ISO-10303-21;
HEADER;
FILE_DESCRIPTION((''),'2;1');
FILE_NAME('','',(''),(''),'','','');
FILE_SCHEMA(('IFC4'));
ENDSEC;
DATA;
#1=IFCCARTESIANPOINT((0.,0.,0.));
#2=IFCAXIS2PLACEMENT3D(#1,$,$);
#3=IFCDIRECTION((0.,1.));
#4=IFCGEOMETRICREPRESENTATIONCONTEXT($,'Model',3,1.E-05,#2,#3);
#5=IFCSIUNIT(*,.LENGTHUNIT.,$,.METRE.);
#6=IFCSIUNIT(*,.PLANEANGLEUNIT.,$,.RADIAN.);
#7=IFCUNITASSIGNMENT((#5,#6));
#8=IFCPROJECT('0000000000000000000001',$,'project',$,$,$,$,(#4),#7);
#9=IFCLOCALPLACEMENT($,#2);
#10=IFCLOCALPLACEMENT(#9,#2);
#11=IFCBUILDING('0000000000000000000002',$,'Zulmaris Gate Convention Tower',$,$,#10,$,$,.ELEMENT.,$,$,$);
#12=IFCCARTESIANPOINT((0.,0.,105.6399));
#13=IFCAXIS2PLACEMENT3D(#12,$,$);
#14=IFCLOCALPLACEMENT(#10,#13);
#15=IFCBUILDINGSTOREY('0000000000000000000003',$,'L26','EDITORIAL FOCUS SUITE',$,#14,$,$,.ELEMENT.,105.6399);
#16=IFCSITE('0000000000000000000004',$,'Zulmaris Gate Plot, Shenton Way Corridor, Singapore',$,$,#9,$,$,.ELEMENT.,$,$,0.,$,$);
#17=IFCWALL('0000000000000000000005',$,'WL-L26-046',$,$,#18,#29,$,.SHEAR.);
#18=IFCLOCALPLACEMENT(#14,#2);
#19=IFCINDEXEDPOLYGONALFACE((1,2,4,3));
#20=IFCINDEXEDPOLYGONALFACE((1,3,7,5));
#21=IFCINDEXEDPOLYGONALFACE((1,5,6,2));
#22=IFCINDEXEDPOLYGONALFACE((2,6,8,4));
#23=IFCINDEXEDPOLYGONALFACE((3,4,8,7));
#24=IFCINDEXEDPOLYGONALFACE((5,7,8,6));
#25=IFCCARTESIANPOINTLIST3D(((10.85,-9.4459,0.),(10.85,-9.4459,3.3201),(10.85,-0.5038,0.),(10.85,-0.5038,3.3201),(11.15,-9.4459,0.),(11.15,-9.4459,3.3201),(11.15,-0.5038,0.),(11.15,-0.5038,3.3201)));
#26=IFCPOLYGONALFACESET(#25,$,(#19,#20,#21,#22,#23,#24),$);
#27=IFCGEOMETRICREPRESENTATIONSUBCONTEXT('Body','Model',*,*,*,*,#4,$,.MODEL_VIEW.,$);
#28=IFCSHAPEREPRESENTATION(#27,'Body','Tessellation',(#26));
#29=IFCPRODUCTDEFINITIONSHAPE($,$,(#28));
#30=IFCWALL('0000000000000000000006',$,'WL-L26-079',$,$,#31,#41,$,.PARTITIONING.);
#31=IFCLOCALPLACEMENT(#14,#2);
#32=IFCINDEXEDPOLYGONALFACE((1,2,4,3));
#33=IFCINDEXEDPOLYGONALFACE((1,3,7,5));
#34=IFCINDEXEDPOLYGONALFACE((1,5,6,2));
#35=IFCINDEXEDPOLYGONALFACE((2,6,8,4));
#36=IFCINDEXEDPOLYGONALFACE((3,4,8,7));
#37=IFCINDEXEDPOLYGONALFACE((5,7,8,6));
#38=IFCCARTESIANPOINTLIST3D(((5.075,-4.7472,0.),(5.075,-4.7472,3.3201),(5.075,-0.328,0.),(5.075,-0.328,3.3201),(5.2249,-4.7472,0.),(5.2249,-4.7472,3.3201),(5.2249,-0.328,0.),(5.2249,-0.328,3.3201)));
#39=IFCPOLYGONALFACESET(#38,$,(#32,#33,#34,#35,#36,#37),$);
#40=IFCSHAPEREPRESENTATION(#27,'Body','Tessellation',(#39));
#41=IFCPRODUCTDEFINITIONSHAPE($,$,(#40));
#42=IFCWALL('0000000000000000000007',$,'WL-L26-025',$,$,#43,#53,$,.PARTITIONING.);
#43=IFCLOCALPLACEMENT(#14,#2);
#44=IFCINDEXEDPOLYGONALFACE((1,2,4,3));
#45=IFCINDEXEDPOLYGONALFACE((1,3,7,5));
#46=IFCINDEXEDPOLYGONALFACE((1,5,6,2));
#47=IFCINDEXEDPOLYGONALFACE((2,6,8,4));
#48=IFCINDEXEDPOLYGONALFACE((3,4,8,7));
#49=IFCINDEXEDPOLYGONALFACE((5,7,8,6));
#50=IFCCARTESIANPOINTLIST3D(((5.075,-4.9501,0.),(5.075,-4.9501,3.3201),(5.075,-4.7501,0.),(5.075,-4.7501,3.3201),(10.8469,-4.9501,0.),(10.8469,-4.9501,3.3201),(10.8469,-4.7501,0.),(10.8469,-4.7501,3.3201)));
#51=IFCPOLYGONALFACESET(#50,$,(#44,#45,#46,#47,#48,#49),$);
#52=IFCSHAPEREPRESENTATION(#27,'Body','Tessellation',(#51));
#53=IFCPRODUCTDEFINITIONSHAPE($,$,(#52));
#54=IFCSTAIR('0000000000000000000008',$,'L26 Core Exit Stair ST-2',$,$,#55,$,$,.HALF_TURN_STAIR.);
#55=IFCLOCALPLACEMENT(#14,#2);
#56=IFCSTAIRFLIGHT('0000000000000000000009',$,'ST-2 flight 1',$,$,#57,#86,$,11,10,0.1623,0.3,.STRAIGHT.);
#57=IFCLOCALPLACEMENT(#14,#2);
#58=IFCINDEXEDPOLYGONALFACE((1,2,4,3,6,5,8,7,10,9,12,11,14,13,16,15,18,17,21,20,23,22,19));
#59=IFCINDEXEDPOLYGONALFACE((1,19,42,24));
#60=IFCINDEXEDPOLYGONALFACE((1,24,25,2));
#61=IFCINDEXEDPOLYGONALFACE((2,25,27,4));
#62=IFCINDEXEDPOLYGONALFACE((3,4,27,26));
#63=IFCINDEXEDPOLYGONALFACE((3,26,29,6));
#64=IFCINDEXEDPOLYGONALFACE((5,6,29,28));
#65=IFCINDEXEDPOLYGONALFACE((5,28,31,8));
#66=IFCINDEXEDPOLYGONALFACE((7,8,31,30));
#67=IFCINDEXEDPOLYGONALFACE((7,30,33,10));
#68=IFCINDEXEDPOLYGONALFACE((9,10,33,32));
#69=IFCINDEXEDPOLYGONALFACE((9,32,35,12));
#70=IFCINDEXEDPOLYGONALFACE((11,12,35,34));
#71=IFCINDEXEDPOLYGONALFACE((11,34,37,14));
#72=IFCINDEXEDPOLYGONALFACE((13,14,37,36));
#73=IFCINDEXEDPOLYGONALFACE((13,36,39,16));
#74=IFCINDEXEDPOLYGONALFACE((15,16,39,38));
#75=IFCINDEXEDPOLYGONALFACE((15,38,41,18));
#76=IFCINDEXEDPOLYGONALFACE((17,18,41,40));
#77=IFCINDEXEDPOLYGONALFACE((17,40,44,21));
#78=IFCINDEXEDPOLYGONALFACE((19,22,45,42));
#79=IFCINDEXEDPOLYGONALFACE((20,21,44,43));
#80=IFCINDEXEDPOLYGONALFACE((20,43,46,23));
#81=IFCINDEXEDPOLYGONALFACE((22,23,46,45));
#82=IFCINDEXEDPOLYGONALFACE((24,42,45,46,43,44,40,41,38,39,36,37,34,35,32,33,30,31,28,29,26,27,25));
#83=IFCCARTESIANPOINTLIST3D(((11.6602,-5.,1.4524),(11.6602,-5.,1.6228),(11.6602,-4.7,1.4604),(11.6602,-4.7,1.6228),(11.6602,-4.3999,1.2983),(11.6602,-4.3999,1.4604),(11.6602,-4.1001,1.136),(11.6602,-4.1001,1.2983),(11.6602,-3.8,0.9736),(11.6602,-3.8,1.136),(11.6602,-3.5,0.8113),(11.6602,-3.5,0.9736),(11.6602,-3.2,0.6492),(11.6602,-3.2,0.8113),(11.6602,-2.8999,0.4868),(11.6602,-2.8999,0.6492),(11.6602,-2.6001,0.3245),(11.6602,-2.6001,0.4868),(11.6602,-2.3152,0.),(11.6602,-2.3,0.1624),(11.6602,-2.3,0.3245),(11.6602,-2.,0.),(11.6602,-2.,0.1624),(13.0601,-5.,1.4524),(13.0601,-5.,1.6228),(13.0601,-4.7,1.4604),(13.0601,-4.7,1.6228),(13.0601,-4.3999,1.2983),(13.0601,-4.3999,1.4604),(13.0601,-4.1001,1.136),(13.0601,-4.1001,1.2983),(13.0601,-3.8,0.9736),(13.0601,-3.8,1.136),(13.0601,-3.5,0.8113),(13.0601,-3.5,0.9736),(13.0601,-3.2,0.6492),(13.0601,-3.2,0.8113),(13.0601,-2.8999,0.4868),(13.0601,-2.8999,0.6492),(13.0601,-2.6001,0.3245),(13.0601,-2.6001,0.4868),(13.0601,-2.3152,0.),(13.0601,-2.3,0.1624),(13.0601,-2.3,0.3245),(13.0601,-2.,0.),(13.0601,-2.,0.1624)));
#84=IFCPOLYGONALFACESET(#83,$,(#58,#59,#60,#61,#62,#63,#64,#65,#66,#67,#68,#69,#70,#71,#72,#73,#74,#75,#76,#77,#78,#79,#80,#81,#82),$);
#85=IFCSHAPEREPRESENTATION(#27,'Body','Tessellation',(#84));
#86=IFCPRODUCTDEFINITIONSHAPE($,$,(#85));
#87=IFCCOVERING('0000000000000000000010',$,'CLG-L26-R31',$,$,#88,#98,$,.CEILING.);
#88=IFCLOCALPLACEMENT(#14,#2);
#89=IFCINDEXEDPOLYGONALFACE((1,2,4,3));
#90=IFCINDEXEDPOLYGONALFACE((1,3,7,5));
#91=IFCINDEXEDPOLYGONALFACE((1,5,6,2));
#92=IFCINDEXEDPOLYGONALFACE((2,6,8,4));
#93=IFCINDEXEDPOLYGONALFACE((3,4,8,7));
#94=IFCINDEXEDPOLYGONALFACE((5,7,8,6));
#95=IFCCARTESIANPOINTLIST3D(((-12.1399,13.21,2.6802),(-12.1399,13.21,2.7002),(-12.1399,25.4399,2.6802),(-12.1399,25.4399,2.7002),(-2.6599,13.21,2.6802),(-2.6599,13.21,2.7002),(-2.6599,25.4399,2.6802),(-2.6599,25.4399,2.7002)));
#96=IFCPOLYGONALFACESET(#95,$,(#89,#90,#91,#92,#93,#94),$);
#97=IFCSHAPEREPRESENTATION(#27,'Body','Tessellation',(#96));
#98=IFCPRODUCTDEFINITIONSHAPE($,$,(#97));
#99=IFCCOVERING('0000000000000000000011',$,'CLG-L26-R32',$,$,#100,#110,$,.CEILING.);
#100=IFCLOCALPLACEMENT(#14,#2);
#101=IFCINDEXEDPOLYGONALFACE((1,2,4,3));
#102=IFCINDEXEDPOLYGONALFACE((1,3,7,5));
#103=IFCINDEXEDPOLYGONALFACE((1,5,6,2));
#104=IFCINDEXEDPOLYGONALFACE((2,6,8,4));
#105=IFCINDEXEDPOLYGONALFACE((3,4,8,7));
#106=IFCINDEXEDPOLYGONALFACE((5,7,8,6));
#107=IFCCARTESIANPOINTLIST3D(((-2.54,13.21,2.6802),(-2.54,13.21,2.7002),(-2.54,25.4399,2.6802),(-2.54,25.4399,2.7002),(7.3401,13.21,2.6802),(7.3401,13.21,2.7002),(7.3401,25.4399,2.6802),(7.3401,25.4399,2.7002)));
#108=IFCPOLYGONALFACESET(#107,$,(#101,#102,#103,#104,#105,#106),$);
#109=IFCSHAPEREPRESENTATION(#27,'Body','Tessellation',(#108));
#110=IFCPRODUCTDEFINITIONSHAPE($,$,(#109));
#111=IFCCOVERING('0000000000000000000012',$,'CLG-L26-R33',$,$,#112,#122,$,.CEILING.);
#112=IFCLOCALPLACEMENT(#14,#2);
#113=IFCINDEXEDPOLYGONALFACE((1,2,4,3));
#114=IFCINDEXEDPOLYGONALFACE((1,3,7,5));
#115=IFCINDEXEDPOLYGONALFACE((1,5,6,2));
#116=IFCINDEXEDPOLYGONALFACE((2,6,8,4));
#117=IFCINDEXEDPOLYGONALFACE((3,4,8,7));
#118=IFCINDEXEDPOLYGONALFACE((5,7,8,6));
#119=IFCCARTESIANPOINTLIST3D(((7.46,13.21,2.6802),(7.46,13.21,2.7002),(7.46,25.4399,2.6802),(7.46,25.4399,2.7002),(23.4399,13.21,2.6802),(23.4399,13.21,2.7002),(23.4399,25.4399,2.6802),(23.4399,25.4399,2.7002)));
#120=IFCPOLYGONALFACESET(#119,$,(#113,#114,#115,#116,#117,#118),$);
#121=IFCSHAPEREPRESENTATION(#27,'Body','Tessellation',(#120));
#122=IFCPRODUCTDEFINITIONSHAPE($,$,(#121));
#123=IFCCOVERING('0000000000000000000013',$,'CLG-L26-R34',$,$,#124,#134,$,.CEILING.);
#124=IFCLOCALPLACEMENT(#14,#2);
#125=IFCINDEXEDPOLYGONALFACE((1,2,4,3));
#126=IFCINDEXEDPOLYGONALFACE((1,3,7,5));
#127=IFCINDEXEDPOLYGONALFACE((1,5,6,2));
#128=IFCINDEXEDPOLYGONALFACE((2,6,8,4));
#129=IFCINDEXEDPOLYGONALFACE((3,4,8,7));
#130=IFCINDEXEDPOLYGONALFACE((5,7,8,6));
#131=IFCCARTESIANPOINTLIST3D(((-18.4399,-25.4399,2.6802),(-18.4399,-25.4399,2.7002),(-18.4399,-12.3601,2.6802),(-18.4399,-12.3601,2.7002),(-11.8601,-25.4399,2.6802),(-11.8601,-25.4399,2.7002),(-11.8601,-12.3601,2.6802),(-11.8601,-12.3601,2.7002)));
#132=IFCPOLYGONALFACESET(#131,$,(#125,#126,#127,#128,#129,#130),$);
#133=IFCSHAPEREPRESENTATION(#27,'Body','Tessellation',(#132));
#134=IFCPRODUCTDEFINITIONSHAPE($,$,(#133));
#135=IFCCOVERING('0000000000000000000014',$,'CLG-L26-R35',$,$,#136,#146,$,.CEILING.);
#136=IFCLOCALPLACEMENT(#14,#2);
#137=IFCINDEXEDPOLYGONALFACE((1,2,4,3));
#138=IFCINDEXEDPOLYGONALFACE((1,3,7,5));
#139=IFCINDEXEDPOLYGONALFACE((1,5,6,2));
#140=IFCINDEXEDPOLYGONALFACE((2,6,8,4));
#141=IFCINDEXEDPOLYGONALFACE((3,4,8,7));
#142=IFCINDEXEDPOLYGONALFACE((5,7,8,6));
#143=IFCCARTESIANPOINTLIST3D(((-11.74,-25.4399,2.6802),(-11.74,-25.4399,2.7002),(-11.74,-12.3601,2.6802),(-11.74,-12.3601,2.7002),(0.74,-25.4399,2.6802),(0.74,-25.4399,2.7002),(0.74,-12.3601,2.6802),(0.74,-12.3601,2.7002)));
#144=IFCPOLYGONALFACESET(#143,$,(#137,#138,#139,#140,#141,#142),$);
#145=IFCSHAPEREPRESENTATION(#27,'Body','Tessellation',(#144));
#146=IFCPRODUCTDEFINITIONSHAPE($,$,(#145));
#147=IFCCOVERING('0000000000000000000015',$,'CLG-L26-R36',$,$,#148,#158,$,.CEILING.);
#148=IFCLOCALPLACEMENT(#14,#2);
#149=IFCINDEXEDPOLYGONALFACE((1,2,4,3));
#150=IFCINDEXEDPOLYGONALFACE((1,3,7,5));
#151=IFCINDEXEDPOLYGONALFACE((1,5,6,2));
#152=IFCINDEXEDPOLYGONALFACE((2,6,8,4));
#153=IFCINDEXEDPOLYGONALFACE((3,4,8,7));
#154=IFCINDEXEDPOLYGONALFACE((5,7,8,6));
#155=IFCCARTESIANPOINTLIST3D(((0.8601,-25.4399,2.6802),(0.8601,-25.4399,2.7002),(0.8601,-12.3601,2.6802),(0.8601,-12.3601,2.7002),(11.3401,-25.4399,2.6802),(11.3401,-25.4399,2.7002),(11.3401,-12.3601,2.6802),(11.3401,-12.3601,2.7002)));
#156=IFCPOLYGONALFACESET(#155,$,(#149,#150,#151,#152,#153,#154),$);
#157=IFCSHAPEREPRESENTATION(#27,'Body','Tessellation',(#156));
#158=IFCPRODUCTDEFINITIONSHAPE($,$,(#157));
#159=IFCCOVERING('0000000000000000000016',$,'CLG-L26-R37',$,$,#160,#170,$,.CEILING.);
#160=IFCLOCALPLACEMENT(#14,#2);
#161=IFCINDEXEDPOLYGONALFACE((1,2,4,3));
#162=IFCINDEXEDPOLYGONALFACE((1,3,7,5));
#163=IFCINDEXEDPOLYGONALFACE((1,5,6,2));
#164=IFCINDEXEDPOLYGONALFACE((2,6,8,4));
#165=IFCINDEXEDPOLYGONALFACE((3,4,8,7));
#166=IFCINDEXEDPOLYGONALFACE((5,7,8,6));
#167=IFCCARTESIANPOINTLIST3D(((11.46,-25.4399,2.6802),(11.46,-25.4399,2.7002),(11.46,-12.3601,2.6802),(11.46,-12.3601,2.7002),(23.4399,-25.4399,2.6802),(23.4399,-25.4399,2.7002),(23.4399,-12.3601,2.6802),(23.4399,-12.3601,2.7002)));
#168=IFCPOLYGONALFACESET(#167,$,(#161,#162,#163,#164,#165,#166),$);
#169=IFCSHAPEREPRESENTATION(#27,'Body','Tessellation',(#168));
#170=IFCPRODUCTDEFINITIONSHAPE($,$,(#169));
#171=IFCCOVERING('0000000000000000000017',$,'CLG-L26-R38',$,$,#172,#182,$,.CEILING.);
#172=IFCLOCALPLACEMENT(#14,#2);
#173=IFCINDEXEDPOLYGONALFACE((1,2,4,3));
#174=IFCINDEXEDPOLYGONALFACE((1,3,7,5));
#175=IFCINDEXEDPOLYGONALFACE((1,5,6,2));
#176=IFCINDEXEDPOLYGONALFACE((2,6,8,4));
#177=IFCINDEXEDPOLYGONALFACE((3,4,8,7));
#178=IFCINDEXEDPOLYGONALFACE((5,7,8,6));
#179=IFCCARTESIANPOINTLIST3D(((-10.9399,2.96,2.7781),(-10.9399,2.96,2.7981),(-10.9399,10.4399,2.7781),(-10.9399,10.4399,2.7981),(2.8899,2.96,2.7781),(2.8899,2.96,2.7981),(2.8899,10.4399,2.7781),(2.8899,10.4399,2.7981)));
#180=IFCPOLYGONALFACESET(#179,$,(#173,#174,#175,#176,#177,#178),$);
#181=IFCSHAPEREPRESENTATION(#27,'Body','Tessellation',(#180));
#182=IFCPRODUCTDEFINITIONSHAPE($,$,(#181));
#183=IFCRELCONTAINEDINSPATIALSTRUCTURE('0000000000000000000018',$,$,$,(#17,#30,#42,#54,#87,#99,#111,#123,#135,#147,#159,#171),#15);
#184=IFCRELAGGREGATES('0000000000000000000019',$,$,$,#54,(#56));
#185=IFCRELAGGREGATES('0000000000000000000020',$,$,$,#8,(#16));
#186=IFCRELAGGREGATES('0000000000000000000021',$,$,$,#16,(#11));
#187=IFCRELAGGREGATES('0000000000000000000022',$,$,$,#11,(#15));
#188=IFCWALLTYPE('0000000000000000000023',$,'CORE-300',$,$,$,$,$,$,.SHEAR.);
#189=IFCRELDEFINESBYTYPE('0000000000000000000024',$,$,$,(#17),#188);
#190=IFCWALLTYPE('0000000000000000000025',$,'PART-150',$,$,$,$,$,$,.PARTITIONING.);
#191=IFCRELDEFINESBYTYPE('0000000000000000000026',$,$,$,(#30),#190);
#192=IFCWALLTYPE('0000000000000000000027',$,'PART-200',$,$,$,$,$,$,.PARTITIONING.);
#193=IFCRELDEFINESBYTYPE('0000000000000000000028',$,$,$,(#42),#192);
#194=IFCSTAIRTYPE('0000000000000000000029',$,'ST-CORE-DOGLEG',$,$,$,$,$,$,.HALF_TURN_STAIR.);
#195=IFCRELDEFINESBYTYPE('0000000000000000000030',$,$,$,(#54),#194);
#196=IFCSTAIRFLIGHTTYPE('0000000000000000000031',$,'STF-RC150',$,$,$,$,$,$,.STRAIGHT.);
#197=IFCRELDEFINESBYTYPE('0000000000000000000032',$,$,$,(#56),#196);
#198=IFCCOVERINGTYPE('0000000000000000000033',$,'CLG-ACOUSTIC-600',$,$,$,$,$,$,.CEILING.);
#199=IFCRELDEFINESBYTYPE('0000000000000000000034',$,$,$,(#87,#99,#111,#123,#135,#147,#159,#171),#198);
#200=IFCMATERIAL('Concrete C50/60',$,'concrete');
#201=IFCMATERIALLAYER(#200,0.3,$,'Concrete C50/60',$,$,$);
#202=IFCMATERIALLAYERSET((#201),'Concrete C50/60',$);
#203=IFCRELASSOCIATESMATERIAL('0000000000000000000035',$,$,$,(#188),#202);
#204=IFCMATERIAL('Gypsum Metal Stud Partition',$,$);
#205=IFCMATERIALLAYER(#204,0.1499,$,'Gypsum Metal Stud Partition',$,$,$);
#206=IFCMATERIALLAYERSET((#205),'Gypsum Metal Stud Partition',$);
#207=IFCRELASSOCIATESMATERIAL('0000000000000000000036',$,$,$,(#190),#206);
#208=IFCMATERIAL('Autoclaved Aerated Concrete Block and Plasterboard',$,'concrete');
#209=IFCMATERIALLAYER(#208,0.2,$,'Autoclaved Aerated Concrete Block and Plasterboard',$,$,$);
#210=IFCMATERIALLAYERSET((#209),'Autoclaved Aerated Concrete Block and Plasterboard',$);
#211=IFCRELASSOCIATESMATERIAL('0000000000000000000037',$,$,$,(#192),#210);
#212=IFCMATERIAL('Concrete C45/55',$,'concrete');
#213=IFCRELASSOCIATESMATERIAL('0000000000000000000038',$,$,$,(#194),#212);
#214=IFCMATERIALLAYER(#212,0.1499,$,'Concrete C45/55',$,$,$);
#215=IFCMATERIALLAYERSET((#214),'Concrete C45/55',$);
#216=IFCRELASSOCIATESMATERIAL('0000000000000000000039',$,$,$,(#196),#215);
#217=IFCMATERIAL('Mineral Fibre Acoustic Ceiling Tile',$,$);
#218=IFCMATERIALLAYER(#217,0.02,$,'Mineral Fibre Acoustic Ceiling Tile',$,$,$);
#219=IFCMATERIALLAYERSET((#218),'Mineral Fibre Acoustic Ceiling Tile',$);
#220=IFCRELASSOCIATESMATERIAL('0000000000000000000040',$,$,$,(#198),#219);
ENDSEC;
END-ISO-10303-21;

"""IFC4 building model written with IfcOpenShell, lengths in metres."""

from ifc_helpers import new_model, si_unit, direction, frame, frame_2d, origin, place, context, subcontext, project, spatial, polyline, rectangle, outline, extrude, material, layer, layer_set, type_object, element, aggregate, save


model = new_model("IFC4")

# Units and contexts
model_context = context("Model", 3, precision=1e-05, world=origin(), true_north=direction((0.0, 1.0)))
body_context = subcontext(model_context, "Body", "Model", "MODEL_VIEW")
ifc_project = project(units=[si_unit("LENGTHUNIT", "METRE"), si_unit("PLANEANGLEUNIT", "RADIAN")], contexts=[model_context])

# Site, building, storey
site_placement = place(None, origin())
site = spatial("IfcSite", under=ifc_project, at=site_placement, Name="Zulmaris Gate Plot, Shenton Way Corridor, Singapore", CompositionType="ELEMENT", RefElevation=0.0)
building_placement = place(site_placement, origin())
building = spatial("IfcBuilding", under=site, at=building_placement, Name="Zulmaris Gate Convention Tower", CompositionType="ELEMENT")
storey_placement = place(building_placement, frame((0.0, 0.0, 105.6399)))
storey = spatial("IfcBuildingStorey", under=building, at=storey_placement, Name="L26", Description="EDITORIAL FOCUS SUITE", CompositionType="ELEMENT", Elevation=105.6399)

# Shared definitions
ifc_material_1 = material(Name="Concrete C50/60", Category="concrete")
ifc_layer_1 = layer(ifc_material_1, 0.3, Name="Concrete C50/60")
ifc_layer_set_1 = layer_set([ifc_layer_1], Name="Concrete C50/60")
wall_type_1 = type_object("IfcWallType", Name="CORE-300", PredefinedType="SHEAR", material=ifc_layer_set_1)

# Walls
wall_1_placement = place(storey_placement, frame((11.0, -9.446, 0.0), z_axis=(0.0, 0.0, 1.0), x_axis=(0.0, 1.0, 0.0)))
element("IfcWall", 1, at=wall_1_placement, inside=storey, type_object=wall_type_1, Name="WL-L26-046", PredefinedType="SHEAR", context=body_context, shape_type="SweptSolid", body=[
    extrude(rectangle(XDim=8.9421, YDim=0.3, at=frame_2d((4.4712, 0.0))), origin(), (0.0, 0.0, 1.0), 3.3201),
])
ifc_material_2 = material(Name="Gypsum Metal Stud Partition")
ifc_layer_2 = layer(ifc_material_2, 0.1499, Name="Gypsum Metal Stud Partition")
ifc_layer_set_2 = layer_set([ifc_layer_2], Name="Gypsum Metal Stud Partition")
wall_type_2 = type_object("IfcWallType", Name="PART-150", PredefinedType="PARTITIONING", material=ifc_layer_set_2)
wall_2_placement = place(storey_placement, frame((5.1499, -4.7471, 0.0), z_axis=(0.0, 0.0, 1.0), x_axis=(0.0, 1.0, 0.0)))
element("IfcWall", 2, at=wall_2_placement, inside=storey, type_object=wall_type_2, Name="WL-L26-079", PredefinedType="PARTITIONING", context=body_context, shape_type="SweptSolid", body=[
    extrude(rectangle(XDim=4.4192, YDim=0.1499, at=frame_2d((2.2095, 0.0))), origin(), (0.0, 0.0, 1.0), 3.3201),
])
ifc_material_3 = material(Name="Autoclaved Aerated Concrete Block and Plasterboard", Category="concrete")
ifc_layer_3 = layer(ifc_material_3, 0.2, Name="Autoclaved Aerated Concrete Block and Plasterboard")
ifc_layer_set_3 = layer_set([ifc_layer_3], Name="Autoclaved Aerated Concrete Block and Plasterboard")
wall_type_3 = type_object("IfcWallType", Name="PART-200", PredefinedType="PARTITIONING", material=ifc_layer_set_3)
wall_3_placement = place(storey_placement, frame((5.075, -4.8501, 0.0), z_axis=(0.0, 0.0, 1.0), x_axis=(1.0, 0.0, 0.0)))
element("IfcWall", 3, at=wall_3_placement, inside=storey, type_object=wall_type_3, Name="WL-L26-025", PredefinedType="PARTITIONING", context=body_context, shape_type="SweptSolid", body=[
    extrude(rectangle(XDim=5.772, YDim=0.2, at=frame_2d((2.886, 0.0))), origin(), (0.0, 0.0, 1.0), 3.3201),
])

# Stair, stair flight
ifc_material_4 = material(Name="Concrete C45/55", Category="concrete")
stair_type = type_object("IfcStairType", Name="ST-CORE-DOGLEG", PredefinedType="HALF_TURN_STAIR", material=ifc_material_4)
stair_placement = place(storey_placement, origin())
stair = element("IfcStair", 4, at=stair_placement, inside=storey, type_object=stair_type, Name="L26 Core Exit Stair ST-2", PredefinedType="HALF_TURN_STAIR")
ifc_layer_4 = layer(ifc_material_4, 0.1499, Name="Concrete C45/55")
ifc_layer_set_4 = layer_set([ifc_layer_4], Name="Concrete C45/55")
stair_flight_type = type_object("IfcStairFlightType", Name="STF-RC150", PredefinedType="STRAIGHT", material=ifc_layer_set_4)
stair_flight_placement = place(storey_placement, frame((12.3601, -2.0, 0.0), z_axis=(0.0, 0.0, 1.0), x_axis=(0.0, -1.0, 0.0)))
stair_flight = element("IfcStairFlight", 5, at=stair_flight_placement, type_object=stair_flight_type, Name="ST-2 flight 1", NumberOfRisers=11, NumberOfTreads=10, PredefinedType="STRAIGHT", RiserHeight=0.1623, TreadLength=0.3, context=body_context, shape_type="SweptSolid", body=[
    extrude(outline(polyline([(0.0, 0.0), (0.0, 0.1624), (0.3, 0.1624), (0.3, 0.3245), (0.6001, 0.3245), (0.6001, 0.4868), (0.8999, 0.4868), (0.8999, 0.6492), (1.2, 0.6492), (1.2, 0.8113), (1.5, 0.8113), (1.5, 0.9736), (1.8, 0.9736), (1.8, 1.136), (2.1001, 1.136), (2.1001, 1.2983), (2.3999, 1.2983), (2.3999, 1.4604), (2.7, 1.4604), (2.7, 1.6228), (3.0, 1.6228), (3.0, 1.7852), (3.0, 1.4524), (0.3152, 0.0), (0.0, 0.0)])), frame((0.0, 0.7, 0.0), z_axis=(0.0, -1.0, 0.0), x_axis=(1.0, 0.0, 0.0)), (0.0, 0.0, 1.0), 1.3999),
])
aggregate(stair, [stair_flight])

# Coverings
ifc_material_5 = material(Name="Mineral Fibre Acoustic Ceiling Tile")
ifc_layer_5 = layer(ifc_material_5, 0.02, Name="Mineral Fibre Acoustic Ceiling Tile")
ifc_layer_set_5 = layer_set([ifc_layer_5], Name="Mineral Fibre Acoustic Ceiling Tile")
covering_type_1 = type_object("IfcCoveringType", Name="CLG-ACOUSTIC-600", PredefinedType="CEILING", material=ifc_layer_set_5)
covering_1_placement = place(storey_placement, frame((0.0, 0.0, 2.6802)))
element("IfcCovering", 6, at=covering_1_placement, inside=storey, type_object=covering_type_1, Name="CLG-L26-R31", PredefinedType="CEILING", context=body_context, shape_type="SweptSolid", body=[
    extrude(outline(polyline([(-12.1399, 13.21), (-2.6599, 13.21), (-2.6599, 25.4399), (-12.1399, 25.4399), (-12.1399, 13.21)])), origin(), (0.0, 0.0, 1.0), 0.02),
])
covering_2_placement = place(storey_placement, frame((0.0, 0.0, 2.6802)))
element("IfcCovering", 7, at=covering_2_placement, inside=storey, type_object=covering_type_1, Name="CLG-L26-R32", PredefinedType="CEILING", context=body_context, shape_type="SweptSolid", body=[
    extrude(outline(polyline([(-2.54, 13.21), (7.3401, 13.21), (7.3401, 25.4399), (-2.54, 25.4399), (-2.54, 13.21)])), origin(), (0.0, 0.0, 1.0), 0.02),
])
covering_3_placement = place(storey_placement, frame((0.0, 0.0, 2.6802)))
element("IfcCovering", 8, at=covering_3_placement, inside=storey, type_object=covering_type_1, Name="CLG-L26-R33", PredefinedType="CEILING", context=body_context, shape_type="SweptSolid", body=[
    extrude(outline(polyline([(7.46, 13.21), (23.4399, 13.21), (23.4399, 25.4399), (7.46, 25.4399), (7.46, 13.21)])), origin(), (0.0, 0.0, 1.0), 0.02),
])
covering_4_placement = place(storey_placement, frame((0.0, 0.0, 2.6802)))
element("IfcCovering", 9, at=covering_4_placement, inside=storey, type_object=covering_type_1, Name="CLG-L26-R34", PredefinedType="CEILING", context=body_context, shape_type="SweptSolid", body=[
    extrude(outline(polyline([(-18.4399, -25.4399), (-11.8601, -25.4399), (-11.8601, -12.3601), (-18.4399, -12.3601), (-18.4399, -25.4399)])), origin(), (0.0, 0.0, 1.0), 0.02),
])
covering_5_placement = place(storey_placement, frame((0.0, 0.0, 2.6802)))
element("IfcCovering", 10, at=covering_5_placement, inside=storey, type_object=covering_type_1, Name="CLG-L26-R35", PredefinedType="CEILING", context=body_context, shape_type="SweptSolid", body=[
    extrude(outline(polyline([(-11.74, -25.4399), (0.74, -25.4399), (0.74, -12.3601), (-11.74, -12.3601), (-11.74, -25.4399)])), origin(), (0.0, 0.0, 1.0), 0.02),
])
covering_6_placement = place(storey_placement, frame((0.0, 0.0, 2.6802)))
element("IfcCovering", 11, at=covering_6_placement, inside=storey, type_object=covering_type_1, Name="CLG-L26-R36", PredefinedType="CEILING", context=body_context, shape_type="SweptSolid", body=[
    extrude(outline(polyline([(0.8601, -25.4399), (11.3401, -25.4399), (11.3401, -12.3601), (0.8601, -12.3601), (0.8601, -25.4399)])), origin(), (0.0, 0.0, 1.0), 0.02),
])
covering_7_placement = place(storey_placement, frame((0.0, 0.0, 2.6802)))
element("IfcCovering", 12, at=covering_7_placement, inside=storey, type_object=covering_type_1, Name="CLG-L26-R37", PredefinedType="CEILING", context=body_context, shape_type="SweptSolid", body=[
    extrude(outline(polyline([(11.46, -25.4399), (23.4399, -25.4399), (23.4399, -12.3601), (11.46, -12.3601), (11.46, -25.4399)])), origin(), (0.0, 0.0, 1.0), 0.02),
])
covering_8_placement = place(storey_placement, frame((0.0, 0.0, 2.7781)))
element("IfcCovering", 13, at=covering_8_placement, inside=storey, type_object=covering_type_1, Name="CLG-L26-R38", PredefinedType="CEILING", context=body_context, shape_type="SweptSolid", body=[
    extrude(outline(polyline([(-10.9399, 2.96), (2.8899, 2.96), (2.8899, 10.4399), (-10.9399, 10.4399), (-10.9399, 2.96)])), origin(), (0.0, 0.0, 1.0), 0.02),
])

save(model, "model.ifc")
